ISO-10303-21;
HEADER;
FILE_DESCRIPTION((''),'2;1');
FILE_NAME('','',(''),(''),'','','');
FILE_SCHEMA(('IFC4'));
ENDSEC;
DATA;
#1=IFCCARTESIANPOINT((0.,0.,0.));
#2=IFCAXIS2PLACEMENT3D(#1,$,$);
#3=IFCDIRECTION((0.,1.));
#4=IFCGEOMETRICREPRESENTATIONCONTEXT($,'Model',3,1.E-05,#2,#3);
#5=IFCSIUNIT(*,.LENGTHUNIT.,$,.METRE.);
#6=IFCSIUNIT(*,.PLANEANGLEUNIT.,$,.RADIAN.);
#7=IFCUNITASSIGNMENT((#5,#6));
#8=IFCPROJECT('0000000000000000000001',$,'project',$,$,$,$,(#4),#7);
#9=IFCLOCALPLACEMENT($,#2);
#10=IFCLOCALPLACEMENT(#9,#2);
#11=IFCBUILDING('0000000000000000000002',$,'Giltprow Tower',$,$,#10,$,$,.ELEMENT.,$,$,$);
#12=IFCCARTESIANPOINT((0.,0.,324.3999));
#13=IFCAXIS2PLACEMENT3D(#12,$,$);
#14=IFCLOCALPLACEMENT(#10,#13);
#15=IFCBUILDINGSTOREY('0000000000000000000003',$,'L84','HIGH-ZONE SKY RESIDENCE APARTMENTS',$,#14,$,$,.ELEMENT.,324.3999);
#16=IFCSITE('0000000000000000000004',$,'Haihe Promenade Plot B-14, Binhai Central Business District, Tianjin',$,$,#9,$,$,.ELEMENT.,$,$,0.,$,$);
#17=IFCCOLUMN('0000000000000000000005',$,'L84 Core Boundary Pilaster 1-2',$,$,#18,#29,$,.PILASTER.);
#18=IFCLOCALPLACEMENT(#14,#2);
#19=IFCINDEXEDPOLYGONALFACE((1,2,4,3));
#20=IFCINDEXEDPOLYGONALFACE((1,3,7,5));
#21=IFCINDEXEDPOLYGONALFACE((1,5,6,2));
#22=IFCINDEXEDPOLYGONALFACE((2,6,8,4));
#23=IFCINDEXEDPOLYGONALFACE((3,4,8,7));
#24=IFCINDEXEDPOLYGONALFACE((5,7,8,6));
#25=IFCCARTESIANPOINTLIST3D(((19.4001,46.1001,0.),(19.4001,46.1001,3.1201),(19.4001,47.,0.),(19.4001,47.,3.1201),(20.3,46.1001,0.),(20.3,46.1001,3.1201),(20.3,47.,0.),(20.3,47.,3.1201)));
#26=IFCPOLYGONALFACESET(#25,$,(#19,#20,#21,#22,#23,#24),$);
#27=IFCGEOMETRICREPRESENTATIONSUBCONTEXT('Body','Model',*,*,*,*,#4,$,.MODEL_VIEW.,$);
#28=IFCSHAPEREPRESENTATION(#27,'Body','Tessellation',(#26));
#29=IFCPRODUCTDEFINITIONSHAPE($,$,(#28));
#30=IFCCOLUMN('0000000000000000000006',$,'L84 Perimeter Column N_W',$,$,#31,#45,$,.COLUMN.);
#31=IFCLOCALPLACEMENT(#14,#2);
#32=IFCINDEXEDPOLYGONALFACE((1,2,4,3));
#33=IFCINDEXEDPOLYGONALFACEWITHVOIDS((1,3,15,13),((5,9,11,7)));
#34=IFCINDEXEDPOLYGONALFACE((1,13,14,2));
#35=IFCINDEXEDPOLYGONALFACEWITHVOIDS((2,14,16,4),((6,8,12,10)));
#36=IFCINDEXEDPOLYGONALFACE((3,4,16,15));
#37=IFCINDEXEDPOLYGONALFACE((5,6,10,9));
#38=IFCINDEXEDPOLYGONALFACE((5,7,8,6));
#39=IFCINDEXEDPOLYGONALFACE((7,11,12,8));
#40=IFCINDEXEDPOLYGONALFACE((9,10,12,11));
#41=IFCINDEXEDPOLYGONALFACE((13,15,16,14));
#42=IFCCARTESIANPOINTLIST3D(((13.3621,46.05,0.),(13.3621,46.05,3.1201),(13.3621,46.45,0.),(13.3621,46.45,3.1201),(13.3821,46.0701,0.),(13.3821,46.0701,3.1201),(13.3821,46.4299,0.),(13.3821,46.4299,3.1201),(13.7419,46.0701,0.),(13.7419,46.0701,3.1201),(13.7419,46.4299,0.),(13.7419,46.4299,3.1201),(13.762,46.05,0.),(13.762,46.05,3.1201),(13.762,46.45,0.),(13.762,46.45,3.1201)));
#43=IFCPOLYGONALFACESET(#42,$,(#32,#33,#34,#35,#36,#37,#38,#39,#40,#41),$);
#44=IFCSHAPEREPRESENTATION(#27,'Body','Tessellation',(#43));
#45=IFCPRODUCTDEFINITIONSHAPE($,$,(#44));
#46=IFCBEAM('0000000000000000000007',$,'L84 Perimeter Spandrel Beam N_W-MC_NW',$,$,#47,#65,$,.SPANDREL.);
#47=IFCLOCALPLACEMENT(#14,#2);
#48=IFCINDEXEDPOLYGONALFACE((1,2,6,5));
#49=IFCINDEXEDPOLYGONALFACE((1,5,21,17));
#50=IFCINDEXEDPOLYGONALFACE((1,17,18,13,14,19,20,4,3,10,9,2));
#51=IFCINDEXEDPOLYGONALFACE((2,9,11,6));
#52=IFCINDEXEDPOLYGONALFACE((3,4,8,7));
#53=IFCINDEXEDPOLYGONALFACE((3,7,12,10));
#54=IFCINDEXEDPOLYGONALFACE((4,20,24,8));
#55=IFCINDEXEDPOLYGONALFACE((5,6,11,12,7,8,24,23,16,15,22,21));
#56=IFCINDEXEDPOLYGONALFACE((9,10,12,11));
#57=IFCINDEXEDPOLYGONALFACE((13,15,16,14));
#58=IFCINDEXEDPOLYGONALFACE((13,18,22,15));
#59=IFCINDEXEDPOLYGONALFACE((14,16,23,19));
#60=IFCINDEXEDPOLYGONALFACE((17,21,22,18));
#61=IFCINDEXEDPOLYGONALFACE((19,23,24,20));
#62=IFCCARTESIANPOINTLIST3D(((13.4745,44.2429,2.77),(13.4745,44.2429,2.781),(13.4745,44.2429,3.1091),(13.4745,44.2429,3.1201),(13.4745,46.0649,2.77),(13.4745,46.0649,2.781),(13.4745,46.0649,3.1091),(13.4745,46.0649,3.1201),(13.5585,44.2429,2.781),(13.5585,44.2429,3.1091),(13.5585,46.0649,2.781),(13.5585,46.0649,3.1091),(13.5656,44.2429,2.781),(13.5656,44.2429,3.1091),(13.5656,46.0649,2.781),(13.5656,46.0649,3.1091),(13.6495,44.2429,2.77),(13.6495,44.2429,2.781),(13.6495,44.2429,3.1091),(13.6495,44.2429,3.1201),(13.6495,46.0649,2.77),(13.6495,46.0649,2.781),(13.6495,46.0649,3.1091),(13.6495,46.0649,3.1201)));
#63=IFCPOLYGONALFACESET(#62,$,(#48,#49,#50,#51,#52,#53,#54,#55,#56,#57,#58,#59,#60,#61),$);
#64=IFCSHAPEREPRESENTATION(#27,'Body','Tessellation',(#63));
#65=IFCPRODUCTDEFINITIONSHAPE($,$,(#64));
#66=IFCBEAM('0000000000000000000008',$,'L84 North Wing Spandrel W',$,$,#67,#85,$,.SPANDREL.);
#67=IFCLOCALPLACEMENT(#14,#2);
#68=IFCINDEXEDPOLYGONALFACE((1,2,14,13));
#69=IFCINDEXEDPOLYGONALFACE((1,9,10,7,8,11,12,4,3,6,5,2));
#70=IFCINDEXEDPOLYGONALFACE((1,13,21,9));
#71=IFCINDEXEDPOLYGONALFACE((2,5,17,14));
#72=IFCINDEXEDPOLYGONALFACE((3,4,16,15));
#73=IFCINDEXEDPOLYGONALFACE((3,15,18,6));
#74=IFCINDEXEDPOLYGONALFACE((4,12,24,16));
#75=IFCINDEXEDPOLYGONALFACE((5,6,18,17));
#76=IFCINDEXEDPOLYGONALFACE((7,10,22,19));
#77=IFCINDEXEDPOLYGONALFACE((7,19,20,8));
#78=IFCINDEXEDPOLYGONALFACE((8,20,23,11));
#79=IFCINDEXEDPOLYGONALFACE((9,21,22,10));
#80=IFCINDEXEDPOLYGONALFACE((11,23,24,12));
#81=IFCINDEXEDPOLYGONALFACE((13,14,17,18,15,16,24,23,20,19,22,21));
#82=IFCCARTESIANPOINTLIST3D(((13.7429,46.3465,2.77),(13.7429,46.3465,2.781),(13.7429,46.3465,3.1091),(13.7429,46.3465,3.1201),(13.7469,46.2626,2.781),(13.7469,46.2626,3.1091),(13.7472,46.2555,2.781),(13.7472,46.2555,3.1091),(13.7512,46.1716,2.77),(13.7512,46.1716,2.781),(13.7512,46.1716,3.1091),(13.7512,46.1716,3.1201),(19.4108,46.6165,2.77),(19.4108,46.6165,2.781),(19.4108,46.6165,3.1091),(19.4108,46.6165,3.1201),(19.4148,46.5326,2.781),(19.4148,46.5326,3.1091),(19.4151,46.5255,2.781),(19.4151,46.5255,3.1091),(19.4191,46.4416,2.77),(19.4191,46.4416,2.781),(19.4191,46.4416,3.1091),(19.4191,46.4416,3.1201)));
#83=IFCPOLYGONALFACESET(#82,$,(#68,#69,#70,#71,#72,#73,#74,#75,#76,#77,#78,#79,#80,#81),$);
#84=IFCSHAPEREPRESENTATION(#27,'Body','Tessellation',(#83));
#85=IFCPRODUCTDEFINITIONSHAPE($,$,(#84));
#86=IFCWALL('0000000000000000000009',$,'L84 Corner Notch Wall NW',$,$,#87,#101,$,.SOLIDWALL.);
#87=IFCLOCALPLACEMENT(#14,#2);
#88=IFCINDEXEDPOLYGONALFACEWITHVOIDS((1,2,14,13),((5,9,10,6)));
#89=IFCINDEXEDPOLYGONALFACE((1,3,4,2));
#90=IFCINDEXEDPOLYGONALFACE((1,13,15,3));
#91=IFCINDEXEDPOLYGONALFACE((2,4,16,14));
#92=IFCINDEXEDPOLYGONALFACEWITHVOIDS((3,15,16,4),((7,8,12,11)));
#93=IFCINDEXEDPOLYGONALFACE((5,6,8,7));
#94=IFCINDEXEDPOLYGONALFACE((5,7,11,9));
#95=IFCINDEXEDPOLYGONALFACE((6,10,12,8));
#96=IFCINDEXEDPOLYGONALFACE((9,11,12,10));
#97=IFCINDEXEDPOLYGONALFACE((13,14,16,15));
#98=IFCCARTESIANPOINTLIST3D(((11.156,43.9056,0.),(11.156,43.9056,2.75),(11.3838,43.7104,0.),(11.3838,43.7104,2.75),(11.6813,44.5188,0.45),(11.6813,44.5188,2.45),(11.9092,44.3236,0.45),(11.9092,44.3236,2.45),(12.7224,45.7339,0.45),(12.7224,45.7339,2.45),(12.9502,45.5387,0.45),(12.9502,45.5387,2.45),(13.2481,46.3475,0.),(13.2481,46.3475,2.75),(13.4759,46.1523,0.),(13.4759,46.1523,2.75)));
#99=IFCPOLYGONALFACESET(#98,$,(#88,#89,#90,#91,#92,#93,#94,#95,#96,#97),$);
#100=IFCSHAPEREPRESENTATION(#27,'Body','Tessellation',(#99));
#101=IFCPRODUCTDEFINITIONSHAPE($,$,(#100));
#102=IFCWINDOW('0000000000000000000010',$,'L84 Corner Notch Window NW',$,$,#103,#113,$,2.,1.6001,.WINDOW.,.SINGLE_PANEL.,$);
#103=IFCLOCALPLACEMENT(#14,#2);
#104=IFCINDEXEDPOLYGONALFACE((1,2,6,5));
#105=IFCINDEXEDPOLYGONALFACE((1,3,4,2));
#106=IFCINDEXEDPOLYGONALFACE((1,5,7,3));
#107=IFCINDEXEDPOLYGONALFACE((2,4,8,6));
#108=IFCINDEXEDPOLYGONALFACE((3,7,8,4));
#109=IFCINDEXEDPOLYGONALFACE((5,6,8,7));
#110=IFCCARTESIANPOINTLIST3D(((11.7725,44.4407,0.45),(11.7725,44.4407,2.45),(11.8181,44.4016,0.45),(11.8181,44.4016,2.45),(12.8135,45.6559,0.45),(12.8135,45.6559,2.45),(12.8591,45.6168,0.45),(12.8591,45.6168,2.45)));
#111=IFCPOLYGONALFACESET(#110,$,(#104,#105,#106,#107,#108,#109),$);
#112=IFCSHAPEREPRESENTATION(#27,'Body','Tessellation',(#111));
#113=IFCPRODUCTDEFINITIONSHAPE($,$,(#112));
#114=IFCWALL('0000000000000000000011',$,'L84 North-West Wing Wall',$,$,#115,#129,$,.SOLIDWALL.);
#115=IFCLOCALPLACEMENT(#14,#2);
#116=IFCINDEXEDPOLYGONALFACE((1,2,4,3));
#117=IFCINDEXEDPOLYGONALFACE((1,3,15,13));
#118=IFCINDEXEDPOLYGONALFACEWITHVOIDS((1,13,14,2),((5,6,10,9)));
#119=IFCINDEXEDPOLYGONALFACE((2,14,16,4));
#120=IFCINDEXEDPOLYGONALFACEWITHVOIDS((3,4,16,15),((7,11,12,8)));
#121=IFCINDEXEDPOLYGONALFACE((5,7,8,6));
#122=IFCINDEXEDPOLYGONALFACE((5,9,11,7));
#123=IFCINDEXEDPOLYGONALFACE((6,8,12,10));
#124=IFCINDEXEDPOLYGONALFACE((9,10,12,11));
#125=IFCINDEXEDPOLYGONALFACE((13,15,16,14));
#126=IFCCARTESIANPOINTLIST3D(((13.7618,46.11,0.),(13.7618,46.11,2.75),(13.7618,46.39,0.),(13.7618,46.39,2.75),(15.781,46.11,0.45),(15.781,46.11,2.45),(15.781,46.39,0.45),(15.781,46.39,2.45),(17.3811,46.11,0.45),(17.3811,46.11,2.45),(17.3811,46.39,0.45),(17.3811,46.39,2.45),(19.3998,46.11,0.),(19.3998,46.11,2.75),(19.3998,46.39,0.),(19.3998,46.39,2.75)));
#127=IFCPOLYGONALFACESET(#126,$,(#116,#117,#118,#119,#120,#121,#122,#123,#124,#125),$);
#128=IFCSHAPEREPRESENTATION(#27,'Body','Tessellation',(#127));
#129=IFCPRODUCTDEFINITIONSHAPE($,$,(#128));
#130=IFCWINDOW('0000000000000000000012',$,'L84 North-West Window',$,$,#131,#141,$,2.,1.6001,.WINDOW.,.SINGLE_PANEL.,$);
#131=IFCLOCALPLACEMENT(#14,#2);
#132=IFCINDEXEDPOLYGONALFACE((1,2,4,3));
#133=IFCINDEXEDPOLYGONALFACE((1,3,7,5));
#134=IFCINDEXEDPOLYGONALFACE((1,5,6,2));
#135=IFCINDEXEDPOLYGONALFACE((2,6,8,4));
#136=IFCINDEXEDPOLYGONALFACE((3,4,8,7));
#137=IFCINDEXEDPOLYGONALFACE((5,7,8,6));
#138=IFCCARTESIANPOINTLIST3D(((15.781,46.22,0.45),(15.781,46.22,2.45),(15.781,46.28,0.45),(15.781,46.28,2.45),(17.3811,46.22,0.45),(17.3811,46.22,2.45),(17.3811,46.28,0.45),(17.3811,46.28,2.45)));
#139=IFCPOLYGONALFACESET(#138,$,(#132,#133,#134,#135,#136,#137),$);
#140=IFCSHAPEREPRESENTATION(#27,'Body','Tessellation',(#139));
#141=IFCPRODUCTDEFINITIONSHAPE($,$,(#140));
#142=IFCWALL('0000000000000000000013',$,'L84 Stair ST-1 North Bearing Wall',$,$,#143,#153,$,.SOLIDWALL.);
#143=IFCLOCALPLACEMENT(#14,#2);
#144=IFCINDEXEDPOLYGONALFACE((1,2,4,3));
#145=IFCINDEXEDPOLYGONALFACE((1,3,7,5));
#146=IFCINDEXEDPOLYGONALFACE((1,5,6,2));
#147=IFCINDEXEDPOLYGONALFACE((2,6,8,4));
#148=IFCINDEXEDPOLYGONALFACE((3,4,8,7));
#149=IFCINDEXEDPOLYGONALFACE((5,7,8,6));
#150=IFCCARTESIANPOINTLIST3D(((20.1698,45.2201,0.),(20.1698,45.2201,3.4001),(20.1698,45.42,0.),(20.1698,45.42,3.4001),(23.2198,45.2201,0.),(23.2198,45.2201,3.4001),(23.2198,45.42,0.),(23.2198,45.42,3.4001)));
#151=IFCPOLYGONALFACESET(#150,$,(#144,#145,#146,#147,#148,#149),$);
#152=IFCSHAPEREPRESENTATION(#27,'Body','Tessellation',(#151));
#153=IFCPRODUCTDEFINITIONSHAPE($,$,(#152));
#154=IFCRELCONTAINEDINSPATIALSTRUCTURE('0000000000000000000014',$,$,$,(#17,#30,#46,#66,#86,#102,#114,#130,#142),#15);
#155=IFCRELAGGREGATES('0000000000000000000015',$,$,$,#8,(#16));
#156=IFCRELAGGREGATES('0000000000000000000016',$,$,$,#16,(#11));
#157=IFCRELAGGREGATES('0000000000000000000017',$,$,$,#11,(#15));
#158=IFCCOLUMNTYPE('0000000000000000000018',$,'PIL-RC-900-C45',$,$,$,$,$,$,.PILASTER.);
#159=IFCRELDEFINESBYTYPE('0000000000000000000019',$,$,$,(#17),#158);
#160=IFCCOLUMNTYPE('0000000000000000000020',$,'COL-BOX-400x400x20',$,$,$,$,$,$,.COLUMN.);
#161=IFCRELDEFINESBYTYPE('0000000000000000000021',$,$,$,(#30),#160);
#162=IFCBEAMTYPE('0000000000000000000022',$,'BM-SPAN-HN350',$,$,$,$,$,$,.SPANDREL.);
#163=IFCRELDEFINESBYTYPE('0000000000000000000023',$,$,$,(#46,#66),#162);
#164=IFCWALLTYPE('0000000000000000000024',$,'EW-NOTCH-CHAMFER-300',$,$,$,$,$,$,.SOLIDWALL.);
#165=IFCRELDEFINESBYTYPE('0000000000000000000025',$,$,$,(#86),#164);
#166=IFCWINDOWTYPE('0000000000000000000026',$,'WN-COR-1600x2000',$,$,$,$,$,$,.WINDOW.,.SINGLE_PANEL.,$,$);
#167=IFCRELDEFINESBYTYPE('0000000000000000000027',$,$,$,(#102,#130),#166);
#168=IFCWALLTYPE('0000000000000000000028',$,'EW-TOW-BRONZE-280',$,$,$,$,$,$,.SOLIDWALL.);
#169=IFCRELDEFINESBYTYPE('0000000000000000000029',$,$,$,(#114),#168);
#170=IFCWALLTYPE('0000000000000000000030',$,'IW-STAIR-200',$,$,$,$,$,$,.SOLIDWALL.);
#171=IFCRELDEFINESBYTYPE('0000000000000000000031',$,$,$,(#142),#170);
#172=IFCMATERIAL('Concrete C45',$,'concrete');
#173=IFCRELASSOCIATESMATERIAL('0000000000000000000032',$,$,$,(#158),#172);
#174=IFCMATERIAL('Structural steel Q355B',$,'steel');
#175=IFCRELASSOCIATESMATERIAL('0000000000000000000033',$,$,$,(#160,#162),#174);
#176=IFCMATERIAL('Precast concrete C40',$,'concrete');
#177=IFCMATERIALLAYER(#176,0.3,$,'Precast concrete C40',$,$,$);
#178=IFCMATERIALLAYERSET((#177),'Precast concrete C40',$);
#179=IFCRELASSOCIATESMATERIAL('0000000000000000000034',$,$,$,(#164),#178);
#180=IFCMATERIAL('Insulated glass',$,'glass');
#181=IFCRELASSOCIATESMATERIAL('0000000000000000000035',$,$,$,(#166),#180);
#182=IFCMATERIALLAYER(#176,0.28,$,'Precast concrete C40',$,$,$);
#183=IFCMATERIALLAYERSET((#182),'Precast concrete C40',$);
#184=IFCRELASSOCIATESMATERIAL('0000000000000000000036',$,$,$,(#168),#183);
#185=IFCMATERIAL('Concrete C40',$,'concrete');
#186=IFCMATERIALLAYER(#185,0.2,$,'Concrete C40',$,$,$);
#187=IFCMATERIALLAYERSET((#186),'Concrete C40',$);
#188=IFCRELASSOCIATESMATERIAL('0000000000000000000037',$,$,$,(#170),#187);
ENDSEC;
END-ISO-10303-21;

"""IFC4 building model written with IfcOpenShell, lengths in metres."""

from ifc_helpers import new_model, si_unit, direction, frame, frame_2d, origin, origin_2d, place, context, subcontext, project, spatial, rectangle, hollow_rectangle, i_section, extrude, source, transform, mapped, material, layer, layer_set, material_profile, profile_set, type_object, element, fill, save


model = new_model("IFC4")

# Units and contexts
model_context = context("Model", 3, precision=1e-05, world=origin(), true_north=direction((0.0, 1.0)))
body_context = subcontext(model_context, "Body", "Model", "MODEL_VIEW")
ifc_project = project(units=[si_unit("LENGTHUNIT", "METRE"), si_unit("PLANEANGLEUNIT", "RADIAN")], contexts=[model_context])

# Site, building, storey
site_placement = place(None, origin())
site = spatial("IfcSite", under=ifc_project, at=site_placement, Name="Haihe Promenade Plot B-14, Binhai Central Business District, Tianjin", CompositionType="ELEMENT", RefElevation=0.0)
building_placement = place(site_placement, origin())
building = spatial("IfcBuilding", under=site, at=building_placement, Name="Giltprow Tower", CompositionType="ELEMENT")
storey_placement = place(building_placement, frame((0.0, 0.0, 324.3999)))
storey = spatial("IfcBuildingStorey", under=building, at=storey_placement, Name="L84", Description="HIGH-ZONE SKY RESIDENCE APARTMENTS", CompositionType="ELEMENT", Elevation=324.3999)

# Columns
ifc_material_1 = material(Name="Concrete C45", Category="concrete")
ifc_material_profile_1 = material_profile(ifc_material_1, rectangle(XDim=0.8999, YDim=0.8999, at=origin_2d()), Name="RC 900x900")
ifc_profile_set_1 = profile_set([ifc_material_profile_1], Name="Concrete C45")
column_type_1 = type_object("IfcColumnType", Name="PIL-RC-900-C45", PredefinedType="PILASTER", material=ifc_profile_set_1)
shared_shape_1 = source(origin(), body_context, "Body", "SweptSolid", [
    extrude(rectangle(XDim=0.8999, YDim=0.8999, at=origin_2d()), origin(), (0.0, 0.0, 1.0), 3.1201),
])
column_1_placement = place(storey_placement, frame((19.8501, 46.55, 0.0), z_axis=(0.0, 0.0, 1.0), x_axis=(1.0, 0.0, 0.0)))
element("IfcColumn", 1, at=column_1_placement, inside=storey, type_object=column_type_1, Name="L84 Core Boundary Pilaster 1-2", PredefinedType="PILASTER", context=body_context, shape_type="MappedRepresentation", body=[
    mapped(shared_shape_1, transform((0.0, 0.0, 0.0), x_axis=(1.0, 0.0, 0.0), y_axis=(0.0, 1.0, 0.0), z_axis=(0.0, 0.0, 1.0), scale=1.0)),
])
ifc_material_2 = material(Name="Structural steel Q355B", Category="steel")
ifc_material_profile_2 = material_profile(ifc_material_2, hollow_rectangle(XDim=0.3999, YDim=0.3999, WallThickness=0.02, at=origin_2d()), Name="BOX 400x400x20")
ifc_profile_set_2 = profile_set([ifc_material_profile_2], Name="Structural steel Q355B")
column_type_2 = type_object("IfcColumnType", Name="COL-BOX-400x400x20", PredefinedType="COLUMN", material=ifc_profile_set_2)
shared_shape_2 = source(origin(), body_context, "Body", "SweptSolid", [
    extrude(hollow_rectangle(XDim=0.3999, YDim=0.3999, WallThickness=0.02, at=origin_2d()), origin(), (0.0, 0.0, 1.0), 3.1201),
])
column_2_placement = place(storey_placement, frame((13.562, 46.25, 0.0), z_axis=(0.0, 0.0, 1.0), x_axis=(1.0, 0.0, 0.0)))
element("IfcColumn", 2, at=column_2_placement, inside=storey, type_object=column_type_2, Name="L84 Perimeter Column N_W", PredefinedType="COLUMN", context=body_context, shape_type="MappedRepresentation", body=[
    mapped(shared_shape_2, transform((0.0, 0.0, 0.0), x_axis=(1.0, 0.0, 0.0), y_axis=(0.0, 1.0, 0.0), z_axis=(0.0, 0.0, 1.0), scale=1.0)),
])

# Beams
ifc_material_profile_3 = material_profile(ifc_material_2, i_section(OverallWidth=0.175, OverallDepth=0.3501, WebThickness=0.0071, FlangeThickness=0.011, at=origin_2d()), Name="HN 350x175x7x11")
ifc_profile_set_3 = profile_set([ifc_material_profile_3], Name="Structural steel Q355B")
beam_type = type_object("IfcBeamType", Name="BM-SPAN-HN350", PredefinedType="SPANDREL", material=ifc_profile_set_3)
shared_shape_3 = source(origin(), body_context, "Body", "SweptSolid", [
    extrude(i_section(OverallWidth=0.175, OverallDepth=0.3501, WebThickness=0.0071, FlangeThickness=0.011, at=origin_2d()), origin(), (0.0, 0.0, 1.0), 1.822),
])
beam_1_placement = place(storey_placement, frame((13.562, 46.0649, 2.9451), z_axis=(0.0, -1.0, 0.0), x_axis=(1.0, 0.0, 0.0)))
element("IfcBeam", 3, at=beam_1_placement, inside=storey, type_object=beam_type, Name="L84 Perimeter Spandrel Beam N_W-MC_NW", PredefinedType="SPANDREL", context=body_context, shape_type="MappedRepresentation", body=[
    mapped(shared_shape_3, transform((0.0, 0.0, 0.0), x_axis=(1.0, 0.0, 0.0), y_axis=(0.0, 1.0, 0.0), z_axis=(0.0, 0.0, 1.0), scale=1.0)),
])
shared_shape_4 = source(origin(), body_context, "Body", "SweptSolid", [
    extrude(i_section(OverallWidth=0.175, OverallDepth=0.3501, WebThickness=0.0071, FlangeThickness=0.011, at=origin_2d()), origin(), (0.0, 0.0, 1.0), 5.6743),
])
beam_2_placement = place(storey_placement, frame((13.7471, 46.259, 2.9451), z_axis=(0.998867, 0.047586, 0.0), x_axis=(-0.047586, 0.998867, 0.0)))
element("IfcBeam", 4, at=beam_2_placement, inside=storey, type_object=beam_type, Name="L84 North Wing Spandrel W", PredefinedType="SPANDREL", context=body_context, shape_type="MappedRepresentation", body=[
    mapped(shared_shape_4, transform((0.0, 0.0, 0.0), x_axis=(1.0, 0.0, 0.0), y_axis=(0.0, 1.0, 0.0), z_axis=(0.0, 0.0, 1.0), scale=1.0)),
])

# Walls, openings, windows
ifc_material_3 = material(Name="Precast concrete C40", Category="concrete")
ifc_layer_1 = layer(ifc_material_3, 0.3, Name="Precast concrete C40")
ifc_layer_set_1 = layer_set([ifc_layer_1], Name="Precast concrete C40")
wall_type_1 = type_object("IfcWallType", Name="EW-NOTCH-CHAMFER-300", PredefinedType="SOLIDWALL", material=ifc_layer_set_1)
wall_1_placement = place(storey_placement, frame((13.3621, 46.25, 0.0), z_axis=(0.0, 0.0, 1.0), x_axis=(-0.65061, -0.759412, 0.0)))
wall_1 = element("IfcWall", 5, at=wall_1_placement, inside=storey, type_object=wall_type_1, Name="L84 Corner Notch Wall NW", PredefinedType="SOLIDWALL", context=body_context, shape_type="SweptSolid", body=[
    extrude(rectangle(XDim=3.2156, YDim=0.3, at=frame_2d((1.6079, 0.0))), origin(), (0.0, 0.0, 1.0), 2.75),
])
opening_1_placement = place(wall_1_placement, frame((0.8081, 0.0, 0.45)))
opening_1 = element("IfcOpeningElement", 6, at=opening_1_placement, cuts=wall_1, PredefinedType="OPENING", context=body_context, shape_type="SweptSolid", body=[
    extrude(rectangle(XDim=1.6001, YDim=2.0, at=frame_2d((0.8, 1.0))), frame((0.0, 0.1599, 0.0), z_axis=(0.0, -1.0, 0.0), x_axis=(1.0, 0.0, 0.0)), (0.0, 0.0, 1.0), 0.3201),
])
ifc_material_4 = material(Name="Insulated glass", Category="glass")
window_type = type_object("IfcWindowType", Name="WN-COR-1600x2000", PartitioningType="SINGLE_PANEL", PredefinedType="WINDOW", material=ifc_material_4)
shared_shape_5 = source(origin(), body_context, "Body", "SweptSolid", [
    extrude(rectangle(XDim=1.6001, YDim=2.0, at=frame_2d((0.8, 1.0))), frame((0.0, 0.03, 0.0), z_axis=(0.0, -1.0, 0.0), x_axis=(1.0, 0.0, 0.0)), (0.0, 0.0, 1.0), 0.0601),
])
window_1_placement = place(opening_1_placement, origin())
window_1 = element("IfcWindow", 7, at=window_1_placement, inside=storey, type_object=window_type, Name="L84 Corner Notch Window NW", OverallHeight=2.0, OverallWidth=1.6001, PartitioningType="SINGLE_PANEL", PredefinedType="WINDOW", context=body_context, shape_type="MappedRepresentation", body=[
    mapped(shared_shape_5, transform((0.0, 0.0, 0.0), x_axis=(1.0, 0.0, 0.0), y_axis=(0.0, 1.0, 0.0), z_axis=(0.0, 0.0, 1.0), scale=1.0)),
])
fill(opening_1, window_1)
ifc_layer_2 = layer(ifc_material_3, 0.28, Name="Precast concrete C40")
ifc_layer_set_2 = layer_set([ifc_layer_2], Name="Precast concrete C40")
wall_type_2 = type_object("IfcWallType", Name="EW-TOW-BRONZE-280", PredefinedType="SOLIDWALL", material=ifc_layer_set_2)
wall_2_placement = place(storey_placement, frame((13.762, 46.25, 0.0), z_axis=(0.0, 0.0, 1.0), x_axis=(1.0, 0.0, 0.0)))
wall_2 = element("IfcWall", 8, at=wall_2_placement, inside=storey, type_object=wall_type_2, Name="L84 North-West Wing Wall", PredefinedType="SOLIDWALL", context=body_context, shape_type="SweptSolid", body=[
    extrude(rectangle(XDim=5.6379, YDim=0.28, at=frame_2d((2.8188, 0.0))), origin(), (0.0, 0.0, 1.0), 2.75),
])
opening_2_placement = place(wall_2_placement, frame((2.019, 0.0, 0.45)))
opening_2 = element("IfcOpeningElement", 9, at=opening_2_placement, cuts=wall_2, PredefinedType="OPENING", context=body_context, shape_type="SweptSolid", body=[
    extrude(rectangle(XDim=1.6001, YDim=2.0, at=frame_2d((0.8, 1.0))), frame((0.0, 0.1499, 0.0), z_axis=(0.0, -1.0, 0.0), x_axis=(1.0, 0.0, 0.0)), (0.0, 0.0, 1.0), 0.3),
])
window_2_placement = place(opening_2_placement, origin())
window_2 = element("IfcWindow", 10, at=window_2_placement, inside=storey, type_object=window_type, Name="L84 North-West Window", OverallHeight=2.0, OverallWidth=1.6001, PartitioningType="SINGLE_PANEL", PredefinedType="WINDOW", context=body_context, shape_type="MappedRepresentation", body=[
    mapped(shared_shape_5, transform((0.0, 0.0, 0.0), x_axis=(1.0, 0.0, 0.0), y_axis=(0.0, 1.0, 0.0), z_axis=(0.0, 0.0, 1.0), scale=1.0)),
])
fill(opening_2, window_2)

# Wall
ifc_material_5 = material(Name="Concrete C40", Category="concrete")
ifc_layer_3 = layer(ifc_material_5, 0.2, Name="Concrete C40")
ifc_layer_set_3 = layer_set([ifc_layer_3], Name="Concrete C40")
wall_type_3 = type_object("IfcWallType", Name="IW-STAIR-200", PredefinedType="SOLIDWALL", material=ifc_layer_set_3)
wall_3_placement = place(storey_placement, frame((20.1699, 45.3201, 0.0), z_axis=(0.0, 0.0, 1.0), x_axis=(1.0, 0.0, 0.0)))
element("IfcWall", 11, at=wall_3_placement, inside=storey, type_object=wall_type_3, Name="L84 Stair ST-1 North Bearing Wall", PredefinedType="SOLIDWALL", context=body_context, shape_type="SweptSolid", body=[
    extrude(rectangle(XDim=3.05, YDim=0.2, at=frame_2d((1.5249, 0.0))), origin(), (0.0, 0.0, 1.0), 3.4001),
])

save(model, "model.ifc")
